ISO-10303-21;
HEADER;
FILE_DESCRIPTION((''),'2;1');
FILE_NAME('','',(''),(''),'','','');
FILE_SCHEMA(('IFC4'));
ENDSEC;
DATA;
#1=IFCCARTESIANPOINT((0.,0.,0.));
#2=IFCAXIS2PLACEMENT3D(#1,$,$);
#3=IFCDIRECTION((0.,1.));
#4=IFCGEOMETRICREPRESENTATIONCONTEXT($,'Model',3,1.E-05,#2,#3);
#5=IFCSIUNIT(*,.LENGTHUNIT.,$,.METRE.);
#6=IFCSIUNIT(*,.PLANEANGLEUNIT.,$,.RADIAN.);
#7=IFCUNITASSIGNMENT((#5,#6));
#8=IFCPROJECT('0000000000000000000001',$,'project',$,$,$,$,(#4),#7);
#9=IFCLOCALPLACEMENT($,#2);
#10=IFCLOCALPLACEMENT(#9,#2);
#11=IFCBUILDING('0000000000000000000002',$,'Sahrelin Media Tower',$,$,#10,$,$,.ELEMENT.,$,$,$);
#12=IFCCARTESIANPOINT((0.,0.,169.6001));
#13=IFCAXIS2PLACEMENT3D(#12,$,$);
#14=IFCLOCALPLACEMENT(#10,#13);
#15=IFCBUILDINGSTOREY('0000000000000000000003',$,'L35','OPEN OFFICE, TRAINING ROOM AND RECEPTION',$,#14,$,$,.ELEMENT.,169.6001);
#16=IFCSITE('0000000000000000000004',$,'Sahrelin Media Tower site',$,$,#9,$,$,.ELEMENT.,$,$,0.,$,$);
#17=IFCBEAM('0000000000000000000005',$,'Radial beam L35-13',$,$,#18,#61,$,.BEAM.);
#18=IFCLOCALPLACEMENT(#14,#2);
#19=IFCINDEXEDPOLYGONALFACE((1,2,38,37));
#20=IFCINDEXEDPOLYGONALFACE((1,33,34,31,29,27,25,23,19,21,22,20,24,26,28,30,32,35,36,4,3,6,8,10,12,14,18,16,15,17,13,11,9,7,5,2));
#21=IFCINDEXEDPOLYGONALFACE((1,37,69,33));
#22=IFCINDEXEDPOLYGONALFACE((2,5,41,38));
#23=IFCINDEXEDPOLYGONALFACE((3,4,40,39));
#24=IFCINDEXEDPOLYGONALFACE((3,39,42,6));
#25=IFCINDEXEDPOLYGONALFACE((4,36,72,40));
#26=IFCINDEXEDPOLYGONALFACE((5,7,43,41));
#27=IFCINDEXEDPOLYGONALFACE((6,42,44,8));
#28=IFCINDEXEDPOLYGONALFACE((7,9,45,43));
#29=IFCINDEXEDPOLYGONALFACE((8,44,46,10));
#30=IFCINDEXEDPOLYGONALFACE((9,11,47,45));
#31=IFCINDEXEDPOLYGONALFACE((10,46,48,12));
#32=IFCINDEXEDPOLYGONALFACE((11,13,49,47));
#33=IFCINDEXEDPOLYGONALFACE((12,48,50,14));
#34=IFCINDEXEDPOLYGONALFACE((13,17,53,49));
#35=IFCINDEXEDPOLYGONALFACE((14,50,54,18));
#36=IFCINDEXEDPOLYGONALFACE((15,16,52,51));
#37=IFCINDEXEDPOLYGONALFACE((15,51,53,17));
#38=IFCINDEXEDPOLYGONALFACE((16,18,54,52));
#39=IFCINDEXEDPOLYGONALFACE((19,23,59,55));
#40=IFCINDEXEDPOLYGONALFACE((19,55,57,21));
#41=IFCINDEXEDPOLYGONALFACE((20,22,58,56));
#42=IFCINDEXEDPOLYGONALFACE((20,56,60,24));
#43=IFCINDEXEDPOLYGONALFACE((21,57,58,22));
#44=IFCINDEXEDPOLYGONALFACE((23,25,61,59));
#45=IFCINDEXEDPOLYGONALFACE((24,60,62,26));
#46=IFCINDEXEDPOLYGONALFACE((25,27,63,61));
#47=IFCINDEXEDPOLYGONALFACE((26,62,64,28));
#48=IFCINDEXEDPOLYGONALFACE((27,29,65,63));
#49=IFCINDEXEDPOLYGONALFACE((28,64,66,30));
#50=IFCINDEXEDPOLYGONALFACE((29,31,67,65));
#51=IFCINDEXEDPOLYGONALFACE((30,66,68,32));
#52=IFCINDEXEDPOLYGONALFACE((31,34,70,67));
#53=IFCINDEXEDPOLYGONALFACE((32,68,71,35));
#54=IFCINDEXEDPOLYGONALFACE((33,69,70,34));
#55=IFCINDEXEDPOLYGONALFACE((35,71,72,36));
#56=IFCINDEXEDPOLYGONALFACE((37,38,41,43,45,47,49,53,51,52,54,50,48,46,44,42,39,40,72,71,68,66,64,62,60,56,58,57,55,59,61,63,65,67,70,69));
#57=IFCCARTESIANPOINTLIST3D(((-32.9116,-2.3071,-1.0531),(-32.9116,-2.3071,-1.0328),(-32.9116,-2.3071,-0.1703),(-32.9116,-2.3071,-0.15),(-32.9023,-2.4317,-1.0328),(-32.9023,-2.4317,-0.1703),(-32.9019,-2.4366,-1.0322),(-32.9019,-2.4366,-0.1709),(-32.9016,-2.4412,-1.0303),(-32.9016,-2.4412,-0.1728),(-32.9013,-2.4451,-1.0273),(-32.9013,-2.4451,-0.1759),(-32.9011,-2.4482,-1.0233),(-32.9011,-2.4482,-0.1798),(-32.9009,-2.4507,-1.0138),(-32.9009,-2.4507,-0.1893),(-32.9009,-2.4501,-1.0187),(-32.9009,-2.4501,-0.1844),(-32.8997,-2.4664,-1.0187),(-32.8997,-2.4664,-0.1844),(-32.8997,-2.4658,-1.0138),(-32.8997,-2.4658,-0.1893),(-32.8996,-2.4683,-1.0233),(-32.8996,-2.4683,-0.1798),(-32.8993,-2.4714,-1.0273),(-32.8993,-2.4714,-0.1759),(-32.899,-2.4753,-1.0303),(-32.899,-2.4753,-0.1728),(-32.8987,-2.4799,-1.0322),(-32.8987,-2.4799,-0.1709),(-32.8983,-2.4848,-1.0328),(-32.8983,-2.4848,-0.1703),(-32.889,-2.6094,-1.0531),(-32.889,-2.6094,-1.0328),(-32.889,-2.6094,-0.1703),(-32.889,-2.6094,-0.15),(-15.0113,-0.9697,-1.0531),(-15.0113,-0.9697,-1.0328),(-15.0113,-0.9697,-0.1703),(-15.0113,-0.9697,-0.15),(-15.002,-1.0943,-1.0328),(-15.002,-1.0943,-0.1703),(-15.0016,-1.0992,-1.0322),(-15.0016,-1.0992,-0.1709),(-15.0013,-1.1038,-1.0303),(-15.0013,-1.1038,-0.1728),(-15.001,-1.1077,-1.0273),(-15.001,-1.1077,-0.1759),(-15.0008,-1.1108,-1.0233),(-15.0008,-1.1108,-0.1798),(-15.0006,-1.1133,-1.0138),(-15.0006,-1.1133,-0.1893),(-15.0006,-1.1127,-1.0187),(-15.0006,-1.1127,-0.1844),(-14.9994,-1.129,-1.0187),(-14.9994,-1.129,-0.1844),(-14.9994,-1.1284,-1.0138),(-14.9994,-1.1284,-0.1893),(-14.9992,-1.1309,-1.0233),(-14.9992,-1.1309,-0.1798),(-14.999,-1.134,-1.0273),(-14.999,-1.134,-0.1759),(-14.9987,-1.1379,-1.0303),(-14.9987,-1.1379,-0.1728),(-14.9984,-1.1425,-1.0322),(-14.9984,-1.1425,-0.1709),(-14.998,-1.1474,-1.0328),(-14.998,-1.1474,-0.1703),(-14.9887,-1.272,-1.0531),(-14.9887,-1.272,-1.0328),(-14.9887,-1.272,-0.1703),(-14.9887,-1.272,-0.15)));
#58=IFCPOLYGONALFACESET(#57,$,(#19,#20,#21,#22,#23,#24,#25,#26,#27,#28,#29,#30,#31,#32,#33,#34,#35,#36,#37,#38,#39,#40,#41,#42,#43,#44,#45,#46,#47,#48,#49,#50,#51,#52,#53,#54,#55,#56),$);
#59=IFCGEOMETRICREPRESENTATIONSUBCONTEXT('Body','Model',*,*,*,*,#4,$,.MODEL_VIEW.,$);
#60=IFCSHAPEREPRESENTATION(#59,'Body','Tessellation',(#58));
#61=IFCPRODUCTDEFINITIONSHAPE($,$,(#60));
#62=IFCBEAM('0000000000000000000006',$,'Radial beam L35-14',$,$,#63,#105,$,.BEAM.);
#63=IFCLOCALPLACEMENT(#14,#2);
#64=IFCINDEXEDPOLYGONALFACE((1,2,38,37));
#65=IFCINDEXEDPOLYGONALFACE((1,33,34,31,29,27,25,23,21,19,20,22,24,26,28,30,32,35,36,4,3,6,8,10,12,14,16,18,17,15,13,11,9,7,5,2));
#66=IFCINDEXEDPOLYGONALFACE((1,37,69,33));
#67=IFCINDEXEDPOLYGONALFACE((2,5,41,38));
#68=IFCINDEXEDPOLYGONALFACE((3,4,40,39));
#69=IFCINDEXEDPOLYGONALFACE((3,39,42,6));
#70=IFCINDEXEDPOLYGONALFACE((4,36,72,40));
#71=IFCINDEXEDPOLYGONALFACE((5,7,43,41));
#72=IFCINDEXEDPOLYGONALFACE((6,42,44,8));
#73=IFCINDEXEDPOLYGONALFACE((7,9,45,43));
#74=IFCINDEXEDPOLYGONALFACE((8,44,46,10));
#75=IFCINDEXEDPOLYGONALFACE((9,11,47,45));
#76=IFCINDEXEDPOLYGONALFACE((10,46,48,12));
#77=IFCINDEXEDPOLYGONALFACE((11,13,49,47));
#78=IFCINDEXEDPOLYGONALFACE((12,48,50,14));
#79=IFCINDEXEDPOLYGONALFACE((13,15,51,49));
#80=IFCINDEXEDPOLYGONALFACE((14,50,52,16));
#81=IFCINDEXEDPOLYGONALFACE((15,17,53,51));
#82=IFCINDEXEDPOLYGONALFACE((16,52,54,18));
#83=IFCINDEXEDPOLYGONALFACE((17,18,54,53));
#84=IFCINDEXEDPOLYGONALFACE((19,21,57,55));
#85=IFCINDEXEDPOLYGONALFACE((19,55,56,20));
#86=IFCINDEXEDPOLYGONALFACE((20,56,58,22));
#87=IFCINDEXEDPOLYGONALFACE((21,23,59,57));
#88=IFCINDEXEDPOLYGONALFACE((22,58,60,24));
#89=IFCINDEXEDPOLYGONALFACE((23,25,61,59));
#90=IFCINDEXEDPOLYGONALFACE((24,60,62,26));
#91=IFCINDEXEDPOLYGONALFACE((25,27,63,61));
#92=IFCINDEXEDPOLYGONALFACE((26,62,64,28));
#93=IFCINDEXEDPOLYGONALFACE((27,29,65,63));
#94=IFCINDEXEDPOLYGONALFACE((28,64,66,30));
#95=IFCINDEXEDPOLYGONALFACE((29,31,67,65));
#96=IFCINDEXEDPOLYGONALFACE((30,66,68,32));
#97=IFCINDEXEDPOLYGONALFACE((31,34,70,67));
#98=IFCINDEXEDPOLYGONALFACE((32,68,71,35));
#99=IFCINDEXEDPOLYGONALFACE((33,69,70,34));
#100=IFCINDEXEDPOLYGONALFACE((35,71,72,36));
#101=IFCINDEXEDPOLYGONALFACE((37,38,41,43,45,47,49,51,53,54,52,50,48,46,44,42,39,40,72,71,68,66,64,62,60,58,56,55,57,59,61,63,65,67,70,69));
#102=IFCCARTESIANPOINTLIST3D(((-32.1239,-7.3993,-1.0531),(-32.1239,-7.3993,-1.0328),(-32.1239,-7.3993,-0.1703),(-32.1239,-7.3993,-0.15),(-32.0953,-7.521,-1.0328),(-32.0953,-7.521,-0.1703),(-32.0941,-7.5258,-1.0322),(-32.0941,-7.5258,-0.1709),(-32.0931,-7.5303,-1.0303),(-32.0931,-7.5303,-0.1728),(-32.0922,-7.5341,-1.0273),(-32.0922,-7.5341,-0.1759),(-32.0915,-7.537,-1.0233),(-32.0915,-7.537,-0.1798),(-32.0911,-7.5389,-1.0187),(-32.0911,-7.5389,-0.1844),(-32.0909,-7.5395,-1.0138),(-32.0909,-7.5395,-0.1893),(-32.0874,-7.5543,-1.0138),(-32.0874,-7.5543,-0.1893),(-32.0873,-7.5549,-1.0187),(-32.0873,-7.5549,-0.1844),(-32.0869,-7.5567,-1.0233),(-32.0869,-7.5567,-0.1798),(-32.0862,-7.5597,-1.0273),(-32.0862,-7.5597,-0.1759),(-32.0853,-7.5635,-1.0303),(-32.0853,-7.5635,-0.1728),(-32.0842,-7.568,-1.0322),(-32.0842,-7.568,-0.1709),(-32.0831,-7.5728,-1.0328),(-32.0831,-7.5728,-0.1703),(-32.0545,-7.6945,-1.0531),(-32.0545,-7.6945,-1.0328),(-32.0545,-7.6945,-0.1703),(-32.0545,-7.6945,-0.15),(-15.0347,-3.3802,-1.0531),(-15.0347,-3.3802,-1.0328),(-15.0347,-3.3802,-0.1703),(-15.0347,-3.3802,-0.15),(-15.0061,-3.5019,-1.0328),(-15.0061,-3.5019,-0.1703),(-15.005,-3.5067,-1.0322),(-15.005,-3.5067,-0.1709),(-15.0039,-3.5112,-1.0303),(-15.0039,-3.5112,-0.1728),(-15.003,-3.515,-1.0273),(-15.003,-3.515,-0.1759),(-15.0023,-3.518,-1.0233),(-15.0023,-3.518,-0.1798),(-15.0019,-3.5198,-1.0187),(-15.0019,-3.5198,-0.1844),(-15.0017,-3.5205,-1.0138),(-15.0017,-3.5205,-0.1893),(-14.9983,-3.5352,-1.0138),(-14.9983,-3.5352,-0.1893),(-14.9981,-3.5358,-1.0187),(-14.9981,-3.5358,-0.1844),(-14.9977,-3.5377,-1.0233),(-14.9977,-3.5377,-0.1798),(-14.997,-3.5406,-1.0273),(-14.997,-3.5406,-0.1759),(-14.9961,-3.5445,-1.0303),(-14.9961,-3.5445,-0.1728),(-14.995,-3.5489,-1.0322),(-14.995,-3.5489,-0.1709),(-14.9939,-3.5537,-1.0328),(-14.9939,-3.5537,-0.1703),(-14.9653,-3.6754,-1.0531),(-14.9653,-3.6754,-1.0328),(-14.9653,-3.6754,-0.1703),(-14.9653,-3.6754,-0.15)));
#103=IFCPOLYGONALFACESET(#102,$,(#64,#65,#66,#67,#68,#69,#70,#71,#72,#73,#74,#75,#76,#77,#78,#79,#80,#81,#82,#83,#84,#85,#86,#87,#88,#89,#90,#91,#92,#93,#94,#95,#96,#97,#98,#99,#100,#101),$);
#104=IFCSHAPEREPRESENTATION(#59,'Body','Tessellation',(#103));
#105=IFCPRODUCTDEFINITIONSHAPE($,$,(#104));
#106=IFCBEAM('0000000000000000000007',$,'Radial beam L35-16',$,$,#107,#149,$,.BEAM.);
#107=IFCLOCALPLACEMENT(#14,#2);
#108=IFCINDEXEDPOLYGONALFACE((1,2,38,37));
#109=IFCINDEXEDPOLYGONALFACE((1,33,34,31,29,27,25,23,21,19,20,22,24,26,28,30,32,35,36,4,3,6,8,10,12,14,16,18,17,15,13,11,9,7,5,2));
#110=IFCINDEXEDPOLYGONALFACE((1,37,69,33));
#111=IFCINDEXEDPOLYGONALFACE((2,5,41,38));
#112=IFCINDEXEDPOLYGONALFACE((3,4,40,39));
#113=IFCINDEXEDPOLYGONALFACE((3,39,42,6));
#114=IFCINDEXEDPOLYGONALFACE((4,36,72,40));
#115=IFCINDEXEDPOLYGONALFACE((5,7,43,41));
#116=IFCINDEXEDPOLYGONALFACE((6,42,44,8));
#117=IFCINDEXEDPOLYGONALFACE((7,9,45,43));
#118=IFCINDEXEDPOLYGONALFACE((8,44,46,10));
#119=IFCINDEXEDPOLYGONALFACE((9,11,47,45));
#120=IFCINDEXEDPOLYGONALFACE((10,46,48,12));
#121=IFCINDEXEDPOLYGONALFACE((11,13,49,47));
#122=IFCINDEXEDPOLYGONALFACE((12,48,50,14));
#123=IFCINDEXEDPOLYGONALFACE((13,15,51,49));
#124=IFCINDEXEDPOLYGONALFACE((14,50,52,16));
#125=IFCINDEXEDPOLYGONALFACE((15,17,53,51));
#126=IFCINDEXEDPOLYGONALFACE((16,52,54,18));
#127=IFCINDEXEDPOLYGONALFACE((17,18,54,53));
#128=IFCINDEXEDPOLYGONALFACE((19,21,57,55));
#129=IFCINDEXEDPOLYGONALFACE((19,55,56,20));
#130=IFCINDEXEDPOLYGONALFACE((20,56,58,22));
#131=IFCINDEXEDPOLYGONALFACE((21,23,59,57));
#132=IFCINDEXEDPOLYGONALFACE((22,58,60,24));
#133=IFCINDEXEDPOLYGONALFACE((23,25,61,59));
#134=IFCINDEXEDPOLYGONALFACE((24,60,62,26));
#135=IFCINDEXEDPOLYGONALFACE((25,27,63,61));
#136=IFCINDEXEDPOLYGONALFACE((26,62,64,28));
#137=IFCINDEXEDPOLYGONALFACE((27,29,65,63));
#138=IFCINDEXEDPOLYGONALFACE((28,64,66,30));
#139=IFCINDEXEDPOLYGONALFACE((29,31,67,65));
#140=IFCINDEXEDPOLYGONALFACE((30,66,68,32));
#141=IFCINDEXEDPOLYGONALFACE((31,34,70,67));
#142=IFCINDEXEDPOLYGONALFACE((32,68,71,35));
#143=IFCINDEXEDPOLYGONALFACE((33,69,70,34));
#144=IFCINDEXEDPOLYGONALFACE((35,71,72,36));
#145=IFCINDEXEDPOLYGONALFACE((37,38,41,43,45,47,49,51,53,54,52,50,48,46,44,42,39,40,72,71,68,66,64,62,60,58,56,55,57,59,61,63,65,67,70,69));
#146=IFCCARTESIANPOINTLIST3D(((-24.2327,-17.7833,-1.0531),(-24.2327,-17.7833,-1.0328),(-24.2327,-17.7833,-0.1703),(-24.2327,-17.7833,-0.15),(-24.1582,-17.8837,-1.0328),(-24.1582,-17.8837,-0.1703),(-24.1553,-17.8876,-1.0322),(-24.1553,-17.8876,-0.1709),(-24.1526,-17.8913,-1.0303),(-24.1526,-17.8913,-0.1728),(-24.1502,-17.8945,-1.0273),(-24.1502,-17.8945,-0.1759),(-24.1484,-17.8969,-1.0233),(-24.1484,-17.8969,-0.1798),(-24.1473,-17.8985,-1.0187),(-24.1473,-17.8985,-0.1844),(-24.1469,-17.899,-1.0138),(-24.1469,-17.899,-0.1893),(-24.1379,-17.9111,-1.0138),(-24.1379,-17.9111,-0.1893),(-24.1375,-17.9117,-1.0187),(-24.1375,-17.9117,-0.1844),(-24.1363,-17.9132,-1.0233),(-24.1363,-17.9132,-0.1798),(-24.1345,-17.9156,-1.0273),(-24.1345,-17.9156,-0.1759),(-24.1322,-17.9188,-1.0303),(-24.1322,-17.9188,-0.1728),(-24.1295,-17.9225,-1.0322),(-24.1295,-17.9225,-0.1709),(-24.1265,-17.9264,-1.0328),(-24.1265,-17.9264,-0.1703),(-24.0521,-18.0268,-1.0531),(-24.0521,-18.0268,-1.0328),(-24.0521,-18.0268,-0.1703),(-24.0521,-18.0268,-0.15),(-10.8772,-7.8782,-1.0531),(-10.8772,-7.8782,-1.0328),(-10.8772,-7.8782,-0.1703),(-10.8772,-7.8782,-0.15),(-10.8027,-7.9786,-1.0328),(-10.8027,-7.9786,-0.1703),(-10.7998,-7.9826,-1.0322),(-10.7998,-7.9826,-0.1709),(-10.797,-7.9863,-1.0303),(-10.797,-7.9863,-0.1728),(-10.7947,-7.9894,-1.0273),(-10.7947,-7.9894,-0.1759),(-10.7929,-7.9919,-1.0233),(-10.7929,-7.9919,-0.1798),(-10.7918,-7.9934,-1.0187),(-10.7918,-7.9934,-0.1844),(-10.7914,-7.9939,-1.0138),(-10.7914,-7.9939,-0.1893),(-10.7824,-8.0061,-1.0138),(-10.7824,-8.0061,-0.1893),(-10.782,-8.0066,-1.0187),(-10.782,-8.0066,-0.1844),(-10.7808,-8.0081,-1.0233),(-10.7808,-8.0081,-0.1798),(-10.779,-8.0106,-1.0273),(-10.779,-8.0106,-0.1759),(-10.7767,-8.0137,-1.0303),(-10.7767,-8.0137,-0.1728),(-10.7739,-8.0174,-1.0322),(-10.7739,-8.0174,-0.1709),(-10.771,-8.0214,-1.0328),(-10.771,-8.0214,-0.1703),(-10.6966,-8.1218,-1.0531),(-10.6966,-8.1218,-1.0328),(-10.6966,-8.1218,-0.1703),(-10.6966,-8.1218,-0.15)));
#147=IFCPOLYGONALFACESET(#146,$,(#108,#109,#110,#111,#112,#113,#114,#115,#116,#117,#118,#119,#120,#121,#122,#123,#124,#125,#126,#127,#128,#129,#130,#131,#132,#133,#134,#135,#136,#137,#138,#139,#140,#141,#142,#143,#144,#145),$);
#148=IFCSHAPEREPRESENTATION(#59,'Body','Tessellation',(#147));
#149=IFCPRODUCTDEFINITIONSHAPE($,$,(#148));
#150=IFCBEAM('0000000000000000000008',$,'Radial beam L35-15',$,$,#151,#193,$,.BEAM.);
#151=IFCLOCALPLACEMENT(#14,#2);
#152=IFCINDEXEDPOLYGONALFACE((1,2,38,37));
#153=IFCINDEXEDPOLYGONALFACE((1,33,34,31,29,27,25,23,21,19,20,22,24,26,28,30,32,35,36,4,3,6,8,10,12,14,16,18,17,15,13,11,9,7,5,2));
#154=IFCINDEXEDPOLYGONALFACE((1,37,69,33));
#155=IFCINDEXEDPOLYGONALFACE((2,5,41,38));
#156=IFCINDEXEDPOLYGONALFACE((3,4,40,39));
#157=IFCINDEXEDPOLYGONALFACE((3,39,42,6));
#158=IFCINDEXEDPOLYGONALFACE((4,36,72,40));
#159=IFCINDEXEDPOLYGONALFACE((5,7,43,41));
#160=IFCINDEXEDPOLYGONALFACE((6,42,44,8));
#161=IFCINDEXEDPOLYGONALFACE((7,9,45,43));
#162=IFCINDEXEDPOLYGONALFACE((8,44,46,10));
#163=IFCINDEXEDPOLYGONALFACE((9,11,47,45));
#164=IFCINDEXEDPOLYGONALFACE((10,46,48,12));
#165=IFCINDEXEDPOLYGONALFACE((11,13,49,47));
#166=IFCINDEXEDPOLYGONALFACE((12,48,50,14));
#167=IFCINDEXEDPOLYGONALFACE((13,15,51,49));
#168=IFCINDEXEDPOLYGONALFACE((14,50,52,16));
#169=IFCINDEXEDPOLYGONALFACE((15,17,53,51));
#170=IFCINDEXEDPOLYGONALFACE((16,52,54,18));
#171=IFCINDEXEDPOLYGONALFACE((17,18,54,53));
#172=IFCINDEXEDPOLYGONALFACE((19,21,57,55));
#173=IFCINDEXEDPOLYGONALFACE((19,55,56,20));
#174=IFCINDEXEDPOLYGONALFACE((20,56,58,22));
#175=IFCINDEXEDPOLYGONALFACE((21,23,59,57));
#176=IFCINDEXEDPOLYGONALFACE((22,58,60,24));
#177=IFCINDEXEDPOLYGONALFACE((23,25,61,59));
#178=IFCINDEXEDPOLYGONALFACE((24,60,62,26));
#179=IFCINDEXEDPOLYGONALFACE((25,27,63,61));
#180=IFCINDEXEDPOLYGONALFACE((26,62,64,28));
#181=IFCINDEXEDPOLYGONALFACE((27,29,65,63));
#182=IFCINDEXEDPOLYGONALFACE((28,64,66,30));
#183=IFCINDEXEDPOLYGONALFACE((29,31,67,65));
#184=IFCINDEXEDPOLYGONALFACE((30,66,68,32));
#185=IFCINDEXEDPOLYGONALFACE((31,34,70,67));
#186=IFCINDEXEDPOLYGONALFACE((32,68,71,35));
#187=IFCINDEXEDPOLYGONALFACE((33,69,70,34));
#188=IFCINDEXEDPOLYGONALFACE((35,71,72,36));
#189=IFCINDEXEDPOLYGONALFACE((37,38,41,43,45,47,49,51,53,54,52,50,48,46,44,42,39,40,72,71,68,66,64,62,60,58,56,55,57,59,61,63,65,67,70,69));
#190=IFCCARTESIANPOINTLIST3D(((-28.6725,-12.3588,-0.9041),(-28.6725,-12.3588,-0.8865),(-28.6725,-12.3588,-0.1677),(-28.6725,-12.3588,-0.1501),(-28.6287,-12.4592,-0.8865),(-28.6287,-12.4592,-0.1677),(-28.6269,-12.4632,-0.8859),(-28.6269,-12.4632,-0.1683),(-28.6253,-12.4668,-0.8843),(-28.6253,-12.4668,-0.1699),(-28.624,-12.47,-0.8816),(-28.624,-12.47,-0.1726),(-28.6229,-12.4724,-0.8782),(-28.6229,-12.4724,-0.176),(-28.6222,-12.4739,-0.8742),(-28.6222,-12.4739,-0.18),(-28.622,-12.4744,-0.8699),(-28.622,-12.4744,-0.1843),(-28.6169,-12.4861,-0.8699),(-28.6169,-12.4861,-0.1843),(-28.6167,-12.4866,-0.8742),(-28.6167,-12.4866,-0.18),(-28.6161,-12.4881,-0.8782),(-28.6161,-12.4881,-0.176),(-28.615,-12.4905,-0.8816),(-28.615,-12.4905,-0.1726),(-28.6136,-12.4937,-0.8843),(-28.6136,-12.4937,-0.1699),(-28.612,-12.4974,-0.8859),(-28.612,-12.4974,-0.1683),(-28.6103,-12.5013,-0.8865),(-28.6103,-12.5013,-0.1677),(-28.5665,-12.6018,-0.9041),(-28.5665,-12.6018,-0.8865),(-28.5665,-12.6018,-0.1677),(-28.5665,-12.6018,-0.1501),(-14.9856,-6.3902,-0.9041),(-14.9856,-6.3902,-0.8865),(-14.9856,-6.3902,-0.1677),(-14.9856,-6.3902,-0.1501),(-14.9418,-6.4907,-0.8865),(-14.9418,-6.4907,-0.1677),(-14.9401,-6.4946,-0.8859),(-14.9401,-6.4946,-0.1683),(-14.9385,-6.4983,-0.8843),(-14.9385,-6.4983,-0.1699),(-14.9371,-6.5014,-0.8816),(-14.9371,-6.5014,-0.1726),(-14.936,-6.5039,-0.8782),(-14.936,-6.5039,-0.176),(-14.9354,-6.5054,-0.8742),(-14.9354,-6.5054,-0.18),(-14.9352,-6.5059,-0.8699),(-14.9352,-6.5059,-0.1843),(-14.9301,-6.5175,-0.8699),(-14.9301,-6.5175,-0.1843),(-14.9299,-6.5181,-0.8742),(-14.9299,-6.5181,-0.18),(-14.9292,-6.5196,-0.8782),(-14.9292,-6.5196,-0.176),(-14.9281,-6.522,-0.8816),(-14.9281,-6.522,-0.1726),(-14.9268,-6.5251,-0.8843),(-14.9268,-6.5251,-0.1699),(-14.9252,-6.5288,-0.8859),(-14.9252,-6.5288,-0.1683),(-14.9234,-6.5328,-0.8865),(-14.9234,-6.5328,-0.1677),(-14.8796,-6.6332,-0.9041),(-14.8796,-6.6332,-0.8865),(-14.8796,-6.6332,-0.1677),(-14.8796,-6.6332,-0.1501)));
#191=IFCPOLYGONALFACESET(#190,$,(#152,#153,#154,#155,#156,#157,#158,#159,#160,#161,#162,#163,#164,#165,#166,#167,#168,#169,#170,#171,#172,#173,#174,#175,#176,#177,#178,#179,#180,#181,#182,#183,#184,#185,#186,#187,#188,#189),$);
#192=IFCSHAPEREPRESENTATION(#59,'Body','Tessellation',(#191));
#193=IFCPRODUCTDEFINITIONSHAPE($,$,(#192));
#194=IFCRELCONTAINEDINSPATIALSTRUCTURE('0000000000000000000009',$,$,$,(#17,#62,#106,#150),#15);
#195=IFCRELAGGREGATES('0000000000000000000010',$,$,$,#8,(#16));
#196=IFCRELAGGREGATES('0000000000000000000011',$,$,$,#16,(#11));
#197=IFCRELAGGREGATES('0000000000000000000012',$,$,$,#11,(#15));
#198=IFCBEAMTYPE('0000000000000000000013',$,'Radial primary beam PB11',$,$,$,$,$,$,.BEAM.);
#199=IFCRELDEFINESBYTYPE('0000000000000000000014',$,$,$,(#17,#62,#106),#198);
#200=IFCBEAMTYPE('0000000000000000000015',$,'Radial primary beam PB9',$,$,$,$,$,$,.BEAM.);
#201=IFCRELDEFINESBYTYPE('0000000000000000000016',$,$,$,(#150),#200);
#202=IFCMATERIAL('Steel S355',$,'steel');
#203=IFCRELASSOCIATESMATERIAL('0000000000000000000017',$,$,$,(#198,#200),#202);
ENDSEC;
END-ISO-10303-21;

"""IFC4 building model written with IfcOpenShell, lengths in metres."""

from ifc_helpers import new_model, si_unit, direction, frame, origin, origin_2d, place, context, subcontext, project, spatial, i_section, extrude, material, material_profile, profile_set, type_object, element, save


model = new_model("IFC4")

# Units and contexts
model_context = context("Model", 3, precision=1e-05, world=origin(), true_north=direction((0.0, 1.0)))
body_context = subcontext(model_context, "Body", "Model", "MODEL_VIEW")
ifc_project = project(units=[si_unit("LENGTHUNIT", "METRE"), si_unit("PLANEANGLEUNIT", "RADIAN")], contexts=[model_context])

# Site, building, storey
site_placement = place(None, origin())
site = spatial("IfcSite", under=ifc_project, at=site_placement, Name="Sahrelin Media Tower site", CompositionType="ELEMENT", RefElevation=0.0)
building_placement = place(site_placement, origin())
building = spatial("IfcBuilding", under=site, at=building_placement, Name="Sahrelin Media Tower", CompositionType="ELEMENT")
storey_placement = place(building_placement, frame((0.0, 0.0, 169.6001)))
storey = spatial("IfcBuildingStorey", under=building, at=storey_placement, Name="L35", Description="OPEN OFFICE, TRAINING ROOM AND RECEPTION", CompositionType="ELEMENT", Elevation=169.6001)

# Beams
ifc_material_1 = material(Name="Steel S355", Category="steel")
ifc_material_profile_1 = material_profile(ifc_material_1, i_section(OverallWidth=0.3032, OverallDepth=0.9031, WebThickness=0.0151, FlangeThickness=0.0203, FilletRadius=0.019, at=origin_2d()), Name="UB 914x305x201")
ifc_profile_set_1 = profile_set([ifc_material_profile_1], Name="Steel S355")
beam_type_1 = type_object("IfcBeamType", Name="Radial primary beam PB11", PredefinedType="BEAM", material=ifc_profile_set_1)
beam_1_placement = place(storey_placement, frame((-15.0, -1.1208, -0.6016), z_axis=(-0.997221, -0.074506, 0.0), x_axis=(0.074506, -0.997221, 0.0)))
element("IfcBeam", 1, at=beam_1_placement, inside=storey, type_object=beam_type_1, Name="Radial beam L35-13", PredefinedType="BEAM", context=body_context, shape_type="SweptSolid", body=[
    extrude(i_section(OverallWidth=0.3032, OverallDepth=0.9031, WebThickness=0.0151, FlangeThickness=0.0203, FilletRadius=0.019, at=origin_2d()), origin(), (0.0, 0.0, 1.0), 17.9502),
])
beam_2_placement = place(storey_placement, frame((-15.0, -3.5278, -0.6016), z_axis=(-0.973442, -0.228935, 0.0), x_axis=(0.228935, -0.973442, 0.0)))
element("IfcBeam", 2, at=beam_2_placement, inside=storey, type_object=beam_type_1, Name="Radial beam L35-14", PredefinedType="BEAM", context=body_context, shape_type="SweptSolid", body=[
    extrude(i_section(OverallWidth=0.3032, OverallDepth=0.9031, WebThickness=0.0151, FlangeThickness=0.0203, FilletRadius=0.019, at=origin_2d()), origin(), (0.0, 0.0, 1.0), 17.5554),
])
beam_3_placement = place(storey_placement, frame((-10.7869, -8.0, -0.6016), z_axis=(-0.803209, -0.595697, 0.0), x_axis=(0.595697, -0.803209, 0.0)))
element("IfcBeam", 3, at=beam_3_placement, inside=storey, type_object=beam_type_1, Name="Radial beam L35-16", PredefinedType="BEAM", context=body_context, shape_type="SweptSolid", body=[
    extrude(i_section(OverallWidth=0.3032, OverallDepth=0.9031, WebThickness=0.0151, FlangeThickness=0.0203, FilletRadius=0.019, at=origin_2d()), origin(), (0.0, 0.0, 1.0), 16.6277),
])
ifc_material_profile_2 = material_profile(ifc_material_1, i_section(OverallWidth=0.2651, OverallDepth=0.7539, WebThickness=0.0127, FlangeThickness=0.0176, FilletRadius=0.0166, at=origin_2d()), Name="UB 762x267x147")
ifc_profile_set_2 = profile_set([ifc_material_profile_2], Name="Steel S355")
beam_type_2 = type_object("IfcBeamType", Name="Radial primary beam PB9", PredefinedType="BEAM", material=ifc_profile_set_2)
beam_4_placement = place(storey_placement, frame((-14.9326, -6.5117, -0.5271), z_axis=(-0.916635, -0.399725, 0.0), x_axis=(0.399725, -0.916635, 0.0)))
element("IfcBeam", 4, at=beam_4_placement, inside=storey, type_object=beam_type_2, Name="Radial beam L35-15", PredefinedType="BEAM", context=body_context, shape_type="SweptSolid", body=[
    extrude(i_section(OverallWidth=0.2651, OverallDepth=0.7539, WebThickness=0.0127, FlangeThickness=0.0176, FilletRadius=0.0166, at=origin_2d()), origin(), (0.0, 0.0, 1.0), 14.9316),
])

save(model, "model.ifc")
